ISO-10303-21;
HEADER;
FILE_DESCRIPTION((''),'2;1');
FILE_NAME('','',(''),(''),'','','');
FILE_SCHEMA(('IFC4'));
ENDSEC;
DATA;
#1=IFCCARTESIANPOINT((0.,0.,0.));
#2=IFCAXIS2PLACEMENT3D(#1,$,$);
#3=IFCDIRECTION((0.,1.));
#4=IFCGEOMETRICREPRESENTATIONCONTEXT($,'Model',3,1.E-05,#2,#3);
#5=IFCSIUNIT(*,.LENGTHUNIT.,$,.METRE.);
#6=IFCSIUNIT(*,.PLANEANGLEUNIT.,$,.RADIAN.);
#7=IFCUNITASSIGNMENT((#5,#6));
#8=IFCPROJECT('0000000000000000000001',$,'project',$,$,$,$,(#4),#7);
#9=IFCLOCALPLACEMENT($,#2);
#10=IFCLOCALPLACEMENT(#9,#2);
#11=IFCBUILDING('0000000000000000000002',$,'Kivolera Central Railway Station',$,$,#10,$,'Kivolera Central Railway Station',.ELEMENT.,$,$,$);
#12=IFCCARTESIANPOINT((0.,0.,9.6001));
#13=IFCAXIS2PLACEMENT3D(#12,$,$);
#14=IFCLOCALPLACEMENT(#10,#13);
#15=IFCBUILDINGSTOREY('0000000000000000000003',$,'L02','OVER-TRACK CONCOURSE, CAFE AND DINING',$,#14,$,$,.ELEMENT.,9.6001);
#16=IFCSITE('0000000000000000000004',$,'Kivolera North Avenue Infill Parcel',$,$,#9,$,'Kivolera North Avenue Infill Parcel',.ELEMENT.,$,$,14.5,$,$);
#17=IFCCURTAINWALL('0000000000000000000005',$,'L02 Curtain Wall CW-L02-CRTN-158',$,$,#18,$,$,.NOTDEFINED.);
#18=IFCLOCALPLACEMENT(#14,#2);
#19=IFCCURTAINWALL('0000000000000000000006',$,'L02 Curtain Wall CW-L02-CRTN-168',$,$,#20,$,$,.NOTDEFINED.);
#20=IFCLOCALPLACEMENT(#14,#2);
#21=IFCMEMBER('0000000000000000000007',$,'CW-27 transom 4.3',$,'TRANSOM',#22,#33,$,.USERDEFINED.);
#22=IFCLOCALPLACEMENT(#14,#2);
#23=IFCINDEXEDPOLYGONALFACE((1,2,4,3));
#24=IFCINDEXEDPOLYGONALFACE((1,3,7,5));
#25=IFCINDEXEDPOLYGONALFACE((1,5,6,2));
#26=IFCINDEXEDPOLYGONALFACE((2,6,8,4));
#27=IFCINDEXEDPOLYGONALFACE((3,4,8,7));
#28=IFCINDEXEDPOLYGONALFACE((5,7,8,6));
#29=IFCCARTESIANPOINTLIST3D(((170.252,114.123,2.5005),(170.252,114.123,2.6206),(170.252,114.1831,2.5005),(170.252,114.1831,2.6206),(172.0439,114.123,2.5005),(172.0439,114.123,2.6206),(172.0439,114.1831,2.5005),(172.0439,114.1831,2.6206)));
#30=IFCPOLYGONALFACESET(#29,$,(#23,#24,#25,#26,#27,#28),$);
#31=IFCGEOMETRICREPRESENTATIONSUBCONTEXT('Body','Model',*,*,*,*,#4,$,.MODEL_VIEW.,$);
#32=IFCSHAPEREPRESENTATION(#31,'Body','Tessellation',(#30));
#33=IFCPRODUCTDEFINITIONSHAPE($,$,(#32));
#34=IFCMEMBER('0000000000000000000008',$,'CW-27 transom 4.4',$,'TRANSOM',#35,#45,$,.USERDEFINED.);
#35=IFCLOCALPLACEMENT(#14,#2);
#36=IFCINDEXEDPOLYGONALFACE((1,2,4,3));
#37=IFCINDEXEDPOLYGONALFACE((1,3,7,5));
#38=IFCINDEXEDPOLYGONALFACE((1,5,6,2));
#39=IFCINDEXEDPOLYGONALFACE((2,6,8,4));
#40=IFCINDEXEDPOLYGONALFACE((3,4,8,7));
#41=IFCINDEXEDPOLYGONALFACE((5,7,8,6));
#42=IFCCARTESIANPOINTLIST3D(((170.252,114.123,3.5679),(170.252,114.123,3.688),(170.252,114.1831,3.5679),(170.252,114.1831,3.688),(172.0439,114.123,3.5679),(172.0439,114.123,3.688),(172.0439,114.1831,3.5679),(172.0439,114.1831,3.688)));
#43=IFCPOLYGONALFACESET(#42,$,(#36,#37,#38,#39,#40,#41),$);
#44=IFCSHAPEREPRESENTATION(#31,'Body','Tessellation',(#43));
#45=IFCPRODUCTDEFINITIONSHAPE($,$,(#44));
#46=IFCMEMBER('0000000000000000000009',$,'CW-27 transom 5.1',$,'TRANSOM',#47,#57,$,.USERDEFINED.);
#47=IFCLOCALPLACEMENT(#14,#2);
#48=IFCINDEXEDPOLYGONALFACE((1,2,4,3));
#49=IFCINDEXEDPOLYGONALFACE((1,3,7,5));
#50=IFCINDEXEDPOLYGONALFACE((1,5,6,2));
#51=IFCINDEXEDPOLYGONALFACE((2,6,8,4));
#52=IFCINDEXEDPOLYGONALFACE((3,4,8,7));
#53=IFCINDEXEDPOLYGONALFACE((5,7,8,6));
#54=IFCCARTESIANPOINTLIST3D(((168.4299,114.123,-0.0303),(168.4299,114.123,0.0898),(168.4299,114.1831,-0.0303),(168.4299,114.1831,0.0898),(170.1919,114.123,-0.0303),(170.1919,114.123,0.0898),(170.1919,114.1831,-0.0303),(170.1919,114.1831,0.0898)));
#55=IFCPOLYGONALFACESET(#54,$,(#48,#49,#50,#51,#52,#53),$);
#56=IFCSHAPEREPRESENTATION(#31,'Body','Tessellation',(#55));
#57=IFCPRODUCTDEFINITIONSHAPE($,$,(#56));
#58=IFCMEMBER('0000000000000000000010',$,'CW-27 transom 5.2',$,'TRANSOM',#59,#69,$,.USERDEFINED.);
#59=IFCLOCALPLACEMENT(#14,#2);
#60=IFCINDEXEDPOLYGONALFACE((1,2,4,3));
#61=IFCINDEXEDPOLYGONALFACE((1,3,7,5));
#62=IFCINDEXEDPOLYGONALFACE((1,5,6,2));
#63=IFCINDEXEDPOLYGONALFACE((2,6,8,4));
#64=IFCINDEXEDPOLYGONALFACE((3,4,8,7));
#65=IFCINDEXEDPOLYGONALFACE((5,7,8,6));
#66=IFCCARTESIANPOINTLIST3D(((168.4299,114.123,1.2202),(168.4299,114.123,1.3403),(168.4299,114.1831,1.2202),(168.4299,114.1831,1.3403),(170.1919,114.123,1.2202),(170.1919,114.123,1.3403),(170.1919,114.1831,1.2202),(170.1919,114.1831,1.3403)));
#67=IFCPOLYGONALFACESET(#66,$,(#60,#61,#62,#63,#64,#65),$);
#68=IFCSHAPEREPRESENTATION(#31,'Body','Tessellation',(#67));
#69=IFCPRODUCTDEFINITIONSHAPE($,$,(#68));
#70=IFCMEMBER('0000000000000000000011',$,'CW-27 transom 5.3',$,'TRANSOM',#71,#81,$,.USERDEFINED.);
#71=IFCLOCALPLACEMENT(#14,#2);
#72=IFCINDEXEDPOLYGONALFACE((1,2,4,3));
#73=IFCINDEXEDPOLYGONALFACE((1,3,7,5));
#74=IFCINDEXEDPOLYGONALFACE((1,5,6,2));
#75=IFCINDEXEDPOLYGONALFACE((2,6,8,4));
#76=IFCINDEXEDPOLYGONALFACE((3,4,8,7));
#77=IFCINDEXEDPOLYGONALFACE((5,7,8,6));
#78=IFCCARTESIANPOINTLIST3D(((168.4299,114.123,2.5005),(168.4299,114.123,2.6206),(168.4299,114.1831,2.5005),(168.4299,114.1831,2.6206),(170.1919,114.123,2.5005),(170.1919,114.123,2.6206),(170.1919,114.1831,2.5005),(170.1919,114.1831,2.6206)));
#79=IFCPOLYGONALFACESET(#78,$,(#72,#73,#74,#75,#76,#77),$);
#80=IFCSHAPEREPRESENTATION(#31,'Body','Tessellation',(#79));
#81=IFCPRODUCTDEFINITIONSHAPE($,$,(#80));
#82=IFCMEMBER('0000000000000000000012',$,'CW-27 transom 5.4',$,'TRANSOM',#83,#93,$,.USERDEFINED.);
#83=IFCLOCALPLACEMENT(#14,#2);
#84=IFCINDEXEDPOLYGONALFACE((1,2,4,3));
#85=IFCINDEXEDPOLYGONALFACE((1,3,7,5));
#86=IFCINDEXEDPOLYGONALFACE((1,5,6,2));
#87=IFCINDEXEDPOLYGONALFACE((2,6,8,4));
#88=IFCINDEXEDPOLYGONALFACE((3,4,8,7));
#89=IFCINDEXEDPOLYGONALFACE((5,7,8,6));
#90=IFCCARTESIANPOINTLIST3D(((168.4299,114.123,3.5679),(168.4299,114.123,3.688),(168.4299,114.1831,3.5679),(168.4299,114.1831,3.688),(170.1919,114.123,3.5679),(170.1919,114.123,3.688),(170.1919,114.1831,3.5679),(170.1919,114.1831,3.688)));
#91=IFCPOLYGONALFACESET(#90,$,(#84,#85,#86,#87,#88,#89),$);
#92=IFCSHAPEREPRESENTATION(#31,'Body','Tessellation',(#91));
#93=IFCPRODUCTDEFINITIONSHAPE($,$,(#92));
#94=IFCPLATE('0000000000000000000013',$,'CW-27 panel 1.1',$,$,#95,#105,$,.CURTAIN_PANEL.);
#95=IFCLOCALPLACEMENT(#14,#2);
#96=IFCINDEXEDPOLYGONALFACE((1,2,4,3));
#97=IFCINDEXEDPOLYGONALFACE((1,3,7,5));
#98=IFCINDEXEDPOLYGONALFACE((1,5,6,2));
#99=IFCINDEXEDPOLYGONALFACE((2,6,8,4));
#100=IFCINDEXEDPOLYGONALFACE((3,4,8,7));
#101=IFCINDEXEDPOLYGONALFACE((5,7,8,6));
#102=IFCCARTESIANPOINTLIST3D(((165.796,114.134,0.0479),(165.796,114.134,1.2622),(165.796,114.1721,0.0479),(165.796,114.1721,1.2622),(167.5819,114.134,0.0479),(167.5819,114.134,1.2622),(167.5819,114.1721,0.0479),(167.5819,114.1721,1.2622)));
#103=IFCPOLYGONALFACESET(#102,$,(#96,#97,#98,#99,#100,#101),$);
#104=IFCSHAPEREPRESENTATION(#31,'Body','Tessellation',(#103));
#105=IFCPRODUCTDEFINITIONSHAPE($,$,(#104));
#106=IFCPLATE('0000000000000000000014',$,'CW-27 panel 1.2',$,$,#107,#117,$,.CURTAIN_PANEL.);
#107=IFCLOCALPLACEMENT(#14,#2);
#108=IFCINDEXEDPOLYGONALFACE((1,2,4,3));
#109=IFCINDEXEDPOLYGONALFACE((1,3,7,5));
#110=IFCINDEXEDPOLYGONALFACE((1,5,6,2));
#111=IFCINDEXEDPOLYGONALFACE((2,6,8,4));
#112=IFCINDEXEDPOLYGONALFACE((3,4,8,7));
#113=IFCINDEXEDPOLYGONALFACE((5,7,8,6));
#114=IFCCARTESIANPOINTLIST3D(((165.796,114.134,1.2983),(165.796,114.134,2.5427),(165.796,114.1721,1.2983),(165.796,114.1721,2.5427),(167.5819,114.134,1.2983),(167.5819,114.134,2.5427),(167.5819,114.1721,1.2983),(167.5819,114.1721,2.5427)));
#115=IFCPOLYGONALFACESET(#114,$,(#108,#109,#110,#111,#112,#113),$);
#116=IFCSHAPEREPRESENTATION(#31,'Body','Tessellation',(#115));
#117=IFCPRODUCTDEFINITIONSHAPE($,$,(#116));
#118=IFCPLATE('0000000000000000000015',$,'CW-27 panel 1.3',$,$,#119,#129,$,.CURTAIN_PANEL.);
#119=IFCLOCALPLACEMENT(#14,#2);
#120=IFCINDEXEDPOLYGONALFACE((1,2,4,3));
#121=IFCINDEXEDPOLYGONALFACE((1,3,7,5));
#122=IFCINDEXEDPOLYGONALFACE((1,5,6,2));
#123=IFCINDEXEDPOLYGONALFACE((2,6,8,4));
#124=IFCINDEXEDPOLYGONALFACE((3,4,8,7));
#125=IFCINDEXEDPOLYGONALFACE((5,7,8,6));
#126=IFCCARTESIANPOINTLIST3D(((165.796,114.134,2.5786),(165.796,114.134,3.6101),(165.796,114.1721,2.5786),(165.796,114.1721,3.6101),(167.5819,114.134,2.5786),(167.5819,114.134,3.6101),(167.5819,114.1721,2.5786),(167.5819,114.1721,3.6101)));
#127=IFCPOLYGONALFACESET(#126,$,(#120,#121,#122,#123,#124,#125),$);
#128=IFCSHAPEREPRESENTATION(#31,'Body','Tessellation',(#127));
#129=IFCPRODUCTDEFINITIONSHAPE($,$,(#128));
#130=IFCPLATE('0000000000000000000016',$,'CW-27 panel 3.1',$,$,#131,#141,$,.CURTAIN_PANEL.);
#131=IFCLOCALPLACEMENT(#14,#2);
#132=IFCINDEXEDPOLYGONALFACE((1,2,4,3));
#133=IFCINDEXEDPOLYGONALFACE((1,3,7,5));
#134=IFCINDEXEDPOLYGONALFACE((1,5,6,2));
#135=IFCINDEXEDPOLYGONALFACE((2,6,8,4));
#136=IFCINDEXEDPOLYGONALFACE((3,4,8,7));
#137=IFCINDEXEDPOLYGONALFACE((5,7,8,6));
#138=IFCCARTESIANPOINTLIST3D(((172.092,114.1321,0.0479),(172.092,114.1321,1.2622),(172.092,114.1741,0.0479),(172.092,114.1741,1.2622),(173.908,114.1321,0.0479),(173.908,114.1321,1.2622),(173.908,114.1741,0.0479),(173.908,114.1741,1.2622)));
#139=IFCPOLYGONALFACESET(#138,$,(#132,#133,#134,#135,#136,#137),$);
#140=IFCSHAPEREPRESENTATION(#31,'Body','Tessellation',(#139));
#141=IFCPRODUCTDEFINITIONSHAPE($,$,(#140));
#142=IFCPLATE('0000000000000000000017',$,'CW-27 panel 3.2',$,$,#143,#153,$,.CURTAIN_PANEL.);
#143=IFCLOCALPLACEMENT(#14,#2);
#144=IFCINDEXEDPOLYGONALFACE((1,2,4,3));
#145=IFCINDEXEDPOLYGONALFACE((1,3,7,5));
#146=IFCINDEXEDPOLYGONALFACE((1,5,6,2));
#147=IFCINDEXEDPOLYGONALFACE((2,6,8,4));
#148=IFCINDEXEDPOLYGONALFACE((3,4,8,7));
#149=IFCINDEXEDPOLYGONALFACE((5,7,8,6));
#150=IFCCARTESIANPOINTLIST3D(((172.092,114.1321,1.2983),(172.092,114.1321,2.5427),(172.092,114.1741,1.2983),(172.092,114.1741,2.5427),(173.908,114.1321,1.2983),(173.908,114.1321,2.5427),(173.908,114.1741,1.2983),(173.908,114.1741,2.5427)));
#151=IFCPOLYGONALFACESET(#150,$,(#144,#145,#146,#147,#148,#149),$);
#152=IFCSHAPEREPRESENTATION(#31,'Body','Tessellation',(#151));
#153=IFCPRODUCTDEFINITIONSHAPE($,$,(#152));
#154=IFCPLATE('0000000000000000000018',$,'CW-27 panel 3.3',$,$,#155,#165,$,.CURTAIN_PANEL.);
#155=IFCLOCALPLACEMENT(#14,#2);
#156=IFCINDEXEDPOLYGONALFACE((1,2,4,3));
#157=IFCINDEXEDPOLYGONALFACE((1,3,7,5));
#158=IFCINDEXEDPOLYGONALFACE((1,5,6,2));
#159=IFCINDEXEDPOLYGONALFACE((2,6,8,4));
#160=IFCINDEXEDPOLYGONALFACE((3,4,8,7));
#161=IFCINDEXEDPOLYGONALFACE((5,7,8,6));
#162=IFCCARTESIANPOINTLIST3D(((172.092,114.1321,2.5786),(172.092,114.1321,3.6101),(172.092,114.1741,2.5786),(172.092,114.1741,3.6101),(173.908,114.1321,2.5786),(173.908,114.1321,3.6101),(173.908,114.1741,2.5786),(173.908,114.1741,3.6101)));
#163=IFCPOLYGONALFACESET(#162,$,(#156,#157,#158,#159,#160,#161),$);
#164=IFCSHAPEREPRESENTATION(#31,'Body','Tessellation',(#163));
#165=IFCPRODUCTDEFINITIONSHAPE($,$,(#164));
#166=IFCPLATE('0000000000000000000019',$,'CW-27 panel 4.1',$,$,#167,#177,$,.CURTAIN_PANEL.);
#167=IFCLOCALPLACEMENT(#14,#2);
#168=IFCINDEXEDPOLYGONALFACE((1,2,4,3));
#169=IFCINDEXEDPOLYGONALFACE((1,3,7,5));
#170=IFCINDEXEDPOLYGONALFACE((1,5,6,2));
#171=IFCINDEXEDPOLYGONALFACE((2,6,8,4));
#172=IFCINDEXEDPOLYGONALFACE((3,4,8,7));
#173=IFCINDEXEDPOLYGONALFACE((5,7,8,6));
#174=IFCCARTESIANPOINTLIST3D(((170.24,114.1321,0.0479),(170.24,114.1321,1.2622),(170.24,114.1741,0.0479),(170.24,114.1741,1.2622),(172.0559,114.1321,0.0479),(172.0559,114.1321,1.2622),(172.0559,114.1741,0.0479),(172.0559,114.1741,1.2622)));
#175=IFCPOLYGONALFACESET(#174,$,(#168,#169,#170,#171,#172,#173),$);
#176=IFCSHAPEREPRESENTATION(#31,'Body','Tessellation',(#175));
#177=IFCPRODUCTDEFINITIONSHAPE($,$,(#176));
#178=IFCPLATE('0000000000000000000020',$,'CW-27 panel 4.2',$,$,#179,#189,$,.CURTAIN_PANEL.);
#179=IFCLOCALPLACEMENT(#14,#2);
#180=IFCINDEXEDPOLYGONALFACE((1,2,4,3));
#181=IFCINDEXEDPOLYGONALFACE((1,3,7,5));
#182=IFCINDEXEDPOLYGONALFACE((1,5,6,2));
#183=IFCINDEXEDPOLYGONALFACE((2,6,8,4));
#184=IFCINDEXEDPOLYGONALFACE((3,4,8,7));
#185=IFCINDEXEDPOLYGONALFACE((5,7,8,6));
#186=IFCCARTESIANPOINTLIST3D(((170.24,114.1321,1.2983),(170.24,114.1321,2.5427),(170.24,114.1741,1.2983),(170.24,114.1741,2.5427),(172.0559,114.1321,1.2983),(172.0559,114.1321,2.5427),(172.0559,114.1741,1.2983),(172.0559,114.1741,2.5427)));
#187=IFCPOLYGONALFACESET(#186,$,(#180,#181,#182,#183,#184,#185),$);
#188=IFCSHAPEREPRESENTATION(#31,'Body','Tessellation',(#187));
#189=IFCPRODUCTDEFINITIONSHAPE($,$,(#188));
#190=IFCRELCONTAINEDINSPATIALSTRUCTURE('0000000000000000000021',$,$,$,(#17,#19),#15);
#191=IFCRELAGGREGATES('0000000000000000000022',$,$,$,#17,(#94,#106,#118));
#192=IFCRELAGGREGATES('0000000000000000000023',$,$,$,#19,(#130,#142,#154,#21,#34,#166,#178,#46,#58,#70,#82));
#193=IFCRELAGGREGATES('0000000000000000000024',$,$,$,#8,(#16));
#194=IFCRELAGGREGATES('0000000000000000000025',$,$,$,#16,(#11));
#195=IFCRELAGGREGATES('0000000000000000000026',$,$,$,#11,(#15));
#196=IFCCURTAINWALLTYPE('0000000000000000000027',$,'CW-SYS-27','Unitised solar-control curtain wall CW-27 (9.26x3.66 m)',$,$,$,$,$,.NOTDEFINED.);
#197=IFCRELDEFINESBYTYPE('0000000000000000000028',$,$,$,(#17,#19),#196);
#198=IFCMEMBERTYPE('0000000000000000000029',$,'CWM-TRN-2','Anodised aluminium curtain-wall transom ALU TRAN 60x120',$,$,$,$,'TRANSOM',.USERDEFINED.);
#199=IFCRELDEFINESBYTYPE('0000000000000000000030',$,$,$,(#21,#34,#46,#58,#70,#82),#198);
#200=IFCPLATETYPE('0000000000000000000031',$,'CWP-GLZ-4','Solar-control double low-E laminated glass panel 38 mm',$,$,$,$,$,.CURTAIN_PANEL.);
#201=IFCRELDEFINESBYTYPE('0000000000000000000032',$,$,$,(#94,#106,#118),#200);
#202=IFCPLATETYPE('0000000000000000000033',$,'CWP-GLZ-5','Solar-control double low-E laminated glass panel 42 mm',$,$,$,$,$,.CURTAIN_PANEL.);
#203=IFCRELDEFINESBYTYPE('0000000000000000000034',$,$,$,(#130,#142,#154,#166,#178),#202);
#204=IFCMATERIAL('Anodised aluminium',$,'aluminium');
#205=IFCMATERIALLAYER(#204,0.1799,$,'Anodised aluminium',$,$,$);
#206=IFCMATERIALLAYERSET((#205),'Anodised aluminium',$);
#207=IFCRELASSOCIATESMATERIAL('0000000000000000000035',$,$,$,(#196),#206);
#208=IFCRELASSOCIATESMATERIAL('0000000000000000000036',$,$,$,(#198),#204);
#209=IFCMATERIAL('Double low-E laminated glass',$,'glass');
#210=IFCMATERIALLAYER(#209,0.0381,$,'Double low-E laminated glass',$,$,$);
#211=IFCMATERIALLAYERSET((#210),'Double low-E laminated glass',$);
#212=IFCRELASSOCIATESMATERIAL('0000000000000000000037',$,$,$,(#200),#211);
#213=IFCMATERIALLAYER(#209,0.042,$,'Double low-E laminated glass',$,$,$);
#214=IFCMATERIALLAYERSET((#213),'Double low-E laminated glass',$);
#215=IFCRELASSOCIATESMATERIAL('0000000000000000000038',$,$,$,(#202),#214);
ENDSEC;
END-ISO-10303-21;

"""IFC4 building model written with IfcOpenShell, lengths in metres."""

from ifc_helpers import new_model, si_unit, direction, frame, origin, origin_2d, place, context, subcontext, project, spatial, rectangle, extrude, material, layer, layer_set, material_profile, profile_set, type_object, element, aggregate, save


model = new_model("IFC4")

# Units and contexts
model_context = context("Model", 3, precision=1e-05, world=origin(), true_north=direction((0.0, 1.0)))
body_context = subcontext(model_context, "Body", "Model", "MODEL_VIEW")
ifc_project = project(units=[si_unit("LENGTHUNIT", "METRE"), si_unit("PLANEANGLEUNIT", "RADIAN")], contexts=[model_context])

# Site, building, storey
site_placement = place(None, origin())
site = spatial("IfcSite", under=ifc_project, at=site_placement, Name="Kivolera North Avenue Infill Parcel", LongName="Kivolera North Avenue Infill Parcel", CompositionType="ELEMENT", RefElevation=14.5)
building_placement = place(site_placement, origin())
building = spatial("IfcBuilding", under=site, at=building_placement, Name="Kivolera Central Railway Station", LongName="Kivolera Central Railway Station", CompositionType="ELEMENT")
storey_placement = place(building_placement, frame((0.0, 0.0, 9.6001)))
storey = spatial("IfcBuildingStorey", under=building, at=storey_placement, Name="L02", Description="OVER-TRACK CONCOURSE, CAFE AND DINING", CompositionType="ELEMENT", Elevation=9.6001)

# Curtain walls
ifc_material_1 = material(Name="Anodised aluminium", Category="aluminium")
ifc_layer_1 = layer(ifc_material_1, 0.1799, Name="Anodised aluminium")
ifc_layer_set_1 = layer_set([ifc_layer_1], Name="Anodised aluminium")
curtain_wall_type = type_object("IfcCurtainWallType", Name="CW-SYS-27", Description="Unitised solar-control curtain wall CW-27 (9.26x3.66 m)", PredefinedType="NOTDEFINED", material=ifc_layer_set_1)
curtain_wall_1_placement = place(storey_placement, origin())
curtain_wall_1 = element("IfcCurtainWall", 1, at=curtain_wall_1_placement, inside=storey, type_object=curtain_wall_type, Name="L02 Curtain Wall CW-L02-CRTN-158", PredefinedType="NOTDEFINED")
curtain_wall_2_placement = place(storey_placement, origin())
curtain_wall_2 = element("IfcCurtainWall", 2, at=curtain_wall_2_placement, inside=storey, type_object=curtain_wall_type, Name="L02 Curtain Wall CW-L02-CRTN-168", PredefinedType="NOTDEFINED")

# Members
ifc_material_profile_1 = material_profile(ifc_material_1, rectangle(XDim=0.0601, YDim=0.1201, at=origin_2d()), Name="ALU TRAN 60x120")
ifc_profile_set_1 = profile_set([ifc_material_profile_1], Name="Anodised aluminium")
member_type_1 = type_object("IfcMemberType", Name="CWM-TRN-2", Description="Anodised aluminium curtain-wall transom ALU TRAN 60x120", ElementType="TRANSOM", PredefinedType="USERDEFINED", material=ifc_profile_set_1)
member_1_placement = place(storey_placement, frame((172.0439, 114.1531, 2.5605), z_axis=(-1.0, 0.0, 0.0), x_axis=(0.0, -1.0, 0.0)))
member_1 = element("IfcMember", 3, at=member_1_placement, type_object=member_type_1, Name="CW-27 transom 4.3", ObjectType="TRANSOM", PredefinedType="USERDEFINED", context=body_context, shape_type="SweptSolid", body=[
    extrude(rectangle(XDim=0.0601, YDim=0.1201, at=origin_2d()), origin(), (0.0, 0.0, 1.0), 1.792),
])
member_2_placement = place(storey_placement, frame((172.0439, 114.1531, 3.6279), z_axis=(-1.0, 0.0, 0.0), x_axis=(0.0, -1.0, 0.0)))
member_2 = element("IfcMember", 4, at=member_2_placement, type_object=member_type_1, Name="CW-27 transom 4.4", ObjectType="TRANSOM", PredefinedType="USERDEFINED", context=body_context, shape_type="SweptSolid", body=[
    extrude(rectangle(XDim=0.0601, YDim=0.1201, at=origin_2d()), origin(), (0.0, 0.0, 1.0), 1.792),
])
member_3_placement = place(storey_placement, frame((170.1919, 114.1531, 0.0298), z_axis=(-1.0, 0.0, 0.0), x_axis=(0.0, -1.0, 0.0)))
member_3 = element("IfcMember", 5, at=member_3_placement, type_object=member_type_1, Name="CW-27 transom 5.1", ObjectType="TRANSOM", PredefinedType="USERDEFINED", context=body_context, shape_type="SweptSolid", body=[
    extrude(rectangle(XDim=0.0601, YDim=0.1201, at=origin_2d()), origin(), (0.0, 0.0, 1.0), 1.762),
])
member_4_placement = place(storey_placement, frame((170.1919, 114.1531, 1.2803), z_axis=(-1.0, 0.0, 0.0), x_axis=(0.0, -1.0, 0.0)))
member_4 = element("IfcMember", 6, at=member_4_placement, type_object=member_type_1, Name="CW-27 transom 5.2", ObjectType="TRANSOM", PredefinedType="USERDEFINED", context=body_context, shape_type="SweptSolid", body=[
    extrude(rectangle(XDim=0.0601, YDim=0.1201, at=origin_2d()), origin(), (0.0, 0.0, 1.0), 1.762),
])
member_5_placement = place(storey_placement, frame((170.1919, 114.1531, 2.5605), z_axis=(-1.0, 0.0, 0.0), x_axis=(0.0, -1.0, 0.0)))
member_5 = element("IfcMember", 7, at=member_5_placement, type_object=member_type_1, Name="CW-27 transom 5.3", ObjectType="TRANSOM", PredefinedType="USERDEFINED", context=body_context, shape_type="SweptSolid", body=[
    extrude(rectangle(XDim=0.0601, YDim=0.1201, at=origin_2d()), origin(), (0.0, 0.0, 1.0), 1.762),
])
member_6_placement = place(storey_placement, frame((170.1919, 114.1531, 3.6279), z_axis=(-1.0, 0.0, 0.0), x_axis=(0.0, -1.0, 0.0)))
member_6 = element("IfcMember", 8, at=member_6_placement, type_object=member_type_1, Name="CW-27 transom 5.4", ObjectType="TRANSOM", PredefinedType="USERDEFINED", context=body_context, shape_type="SweptSolid", body=[
    extrude(rectangle(XDim=0.0601, YDim=0.1201, at=origin_2d()), origin(), (0.0, 0.0, 1.0), 1.762),
])

# Plates
ifc_material_2 = material(Name="Double low-E laminated glass", Category="glass")
ifc_layer_2 = layer(ifc_material_2, 0.0381, Name="Double low-E laminated glass")
ifc_layer_set_2 = layer_set([ifc_layer_2], Name="Double low-E laminated glass")
plate_type_1 = type_object("IfcPlateType", Name="CWP-GLZ-4", Description="Solar-control double low-E laminated glass panel 38 mm", PredefinedType="CURTAIN_PANEL", material=ifc_layer_set_2)
plate_1_placement = place(storey_placement, frame((166.689, 114.1531, 0.0479), z_axis=(0.0, 0.0, 1.0), x_axis=(-1.0, 0.0, 0.0)))
plate_1 = element("IfcPlate", 9, at=plate_1_placement, type_object=plate_type_1, Name="CW-27 panel 1.1", PredefinedType="CURTAIN_PANEL", context=body_context, shape_type="SweptSolid", body=[
    extrude(rectangle(XDim=1.7859, YDim=0.0381, at=origin_2d()), origin(), (0.0, 0.0, 1.0), 1.2144),
])
plate_2_placement = place(storey_placement, frame((166.689, 114.1531, 1.2983), z_axis=(0.0, 0.0, 1.0), x_axis=(-1.0, 0.0, 0.0)))
plate_2 = element("IfcPlate", 10, at=plate_2_placement, type_object=plate_type_1, Name="CW-27 panel 1.2", PredefinedType="CURTAIN_PANEL", context=body_context, shape_type="SweptSolid", body=[
    extrude(rectangle(XDim=1.7859, YDim=0.0381, at=origin_2d()), origin(), (0.0, 0.0, 1.0), 1.2444),
])
plate_3_placement = place(storey_placement, frame((166.689, 114.1531, 2.5786), z_axis=(0.0, 0.0, 1.0), x_axis=(-1.0, 0.0, 0.0)))
plate_3 = element("IfcPlate", 11, at=plate_3_placement, type_object=plate_type_1, Name="CW-27 panel 1.3", PredefinedType="CURTAIN_PANEL", context=body_context, shape_type="SweptSolid", body=[
    extrude(rectangle(XDim=1.7859, YDim=0.0381, at=origin_2d()), origin(), (0.0, 0.0, 1.0), 1.0315),
])
aggregate(curtain_wall_1, [plate_1, plate_2, plate_3])
ifc_layer_3 = layer(ifc_material_2, 0.042, Name="Double low-E laminated glass")
ifc_layer_set_3 = layer_set([ifc_layer_3], Name="Double low-E laminated glass")
plate_type_2 = type_object("IfcPlateType", Name="CWP-GLZ-5", Description="Solar-control double low-E laminated glass panel 42 mm", PredefinedType="CURTAIN_PANEL", material=ifc_layer_set_3)
plate_4_placement = place(storey_placement, frame((173.0, 114.1531, 0.0479), z_axis=(0.0, 0.0, 1.0), x_axis=(-1.0, 0.0, 0.0)))
plate_4 = element("IfcPlate", 12, at=plate_4_placement, type_object=plate_type_2, Name="CW-27 panel 3.1", PredefinedType="CURTAIN_PANEL", context=body_context, shape_type="SweptSolid", body=[
    extrude(rectangle(XDim=1.8159, YDim=0.042, at=origin_2d()), origin(), (0.0, 0.0, 1.0), 1.2144),
])
plate_5_placement = place(storey_placement, frame((173.0, 114.1531, 1.2983), z_axis=(0.0, 0.0, 1.0), x_axis=(-1.0, 0.0, 0.0)))
plate_5 = element("IfcPlate", 13, at=plate_5_placement, type_object=plate_type_2, Name="CW-27 panel 3.2", PredefinedType="CURTAIN_PANEL", context=body_context, shape_type="SweptSolid", body=[
    extrude(rectangle(XDim=1.8159, YDim=0.042, at=origin_2d()), origin(), (0.0, 0.0, 1.0), 1.2444),
])
plate_6_placement = place(storey_placement, frame((173.0, 114.1531, 2.5786), z_axis=(0.0, 0.0, 1.0), x_axis=(-1.0, 0.0, 0.0)))
plate_6 = element("IfcPlate", 14, at=plate_6_placement, type_object=plate_type_2, Name="CW-27 panel 3.3", PredefinedType="CURTAIN_PANEL", context=body_context, shape_type="SweptSolid", body=[
    extrude(rectangle(XDim=1.8159, YDim=0.042, at=origin_2d()), origin(), (0.0, 0.0, 1.0), 1.0315),
])
plate_7_placement = place(storey_placement, frame((171.1479, 114.1531, 0.0479), z_axis=(0.0, 0.0, 1.0), x_axis=(-1.0, 0.0, 0.0)))
plate_7 = element("IfcPlate", 15, at=plate_7_placement, type_object=plate_type_2, Name="CW-27 panel 4.1", PredefinedType="CURTAIN_PANEL", context=body_context, shape_type="SweptSolid", body=[
    extrude(rectangle(XDim=1.8159, YDim=0.042, at=origin_2d()), origin(), (0.0, 0.0, 1.0), 1.2144),
])
plate_8_placement = place(storey_placement, frame((171.1479, 114.1531, 1.2983), z_axis=(0.0, 0.0, 1.0), x_axis=(-1.0, 0.0, 0.0)))
plate_8 = element("IfcPlate", 16, at=plate_8_placement, type_object=plate_type_2, Name="CW-27 panel 4.2", PredefinedType="CURTAIN_PANEL", context=body_context, shape_type="SweptSolid", body=[
    extrude(rectangle(XDim=1.8159, YDim=0.042, at=origin_2d()), origin(), (0.0, 0.0, 1.0), 1.2444),
])
aggregate(curtain_wall_2, [plate_4, plate_5, plate_6, member_1, member_2, plate_7, plate_8, member_3, member_4, member_5, member_6])

save(model, "model.ifc")
